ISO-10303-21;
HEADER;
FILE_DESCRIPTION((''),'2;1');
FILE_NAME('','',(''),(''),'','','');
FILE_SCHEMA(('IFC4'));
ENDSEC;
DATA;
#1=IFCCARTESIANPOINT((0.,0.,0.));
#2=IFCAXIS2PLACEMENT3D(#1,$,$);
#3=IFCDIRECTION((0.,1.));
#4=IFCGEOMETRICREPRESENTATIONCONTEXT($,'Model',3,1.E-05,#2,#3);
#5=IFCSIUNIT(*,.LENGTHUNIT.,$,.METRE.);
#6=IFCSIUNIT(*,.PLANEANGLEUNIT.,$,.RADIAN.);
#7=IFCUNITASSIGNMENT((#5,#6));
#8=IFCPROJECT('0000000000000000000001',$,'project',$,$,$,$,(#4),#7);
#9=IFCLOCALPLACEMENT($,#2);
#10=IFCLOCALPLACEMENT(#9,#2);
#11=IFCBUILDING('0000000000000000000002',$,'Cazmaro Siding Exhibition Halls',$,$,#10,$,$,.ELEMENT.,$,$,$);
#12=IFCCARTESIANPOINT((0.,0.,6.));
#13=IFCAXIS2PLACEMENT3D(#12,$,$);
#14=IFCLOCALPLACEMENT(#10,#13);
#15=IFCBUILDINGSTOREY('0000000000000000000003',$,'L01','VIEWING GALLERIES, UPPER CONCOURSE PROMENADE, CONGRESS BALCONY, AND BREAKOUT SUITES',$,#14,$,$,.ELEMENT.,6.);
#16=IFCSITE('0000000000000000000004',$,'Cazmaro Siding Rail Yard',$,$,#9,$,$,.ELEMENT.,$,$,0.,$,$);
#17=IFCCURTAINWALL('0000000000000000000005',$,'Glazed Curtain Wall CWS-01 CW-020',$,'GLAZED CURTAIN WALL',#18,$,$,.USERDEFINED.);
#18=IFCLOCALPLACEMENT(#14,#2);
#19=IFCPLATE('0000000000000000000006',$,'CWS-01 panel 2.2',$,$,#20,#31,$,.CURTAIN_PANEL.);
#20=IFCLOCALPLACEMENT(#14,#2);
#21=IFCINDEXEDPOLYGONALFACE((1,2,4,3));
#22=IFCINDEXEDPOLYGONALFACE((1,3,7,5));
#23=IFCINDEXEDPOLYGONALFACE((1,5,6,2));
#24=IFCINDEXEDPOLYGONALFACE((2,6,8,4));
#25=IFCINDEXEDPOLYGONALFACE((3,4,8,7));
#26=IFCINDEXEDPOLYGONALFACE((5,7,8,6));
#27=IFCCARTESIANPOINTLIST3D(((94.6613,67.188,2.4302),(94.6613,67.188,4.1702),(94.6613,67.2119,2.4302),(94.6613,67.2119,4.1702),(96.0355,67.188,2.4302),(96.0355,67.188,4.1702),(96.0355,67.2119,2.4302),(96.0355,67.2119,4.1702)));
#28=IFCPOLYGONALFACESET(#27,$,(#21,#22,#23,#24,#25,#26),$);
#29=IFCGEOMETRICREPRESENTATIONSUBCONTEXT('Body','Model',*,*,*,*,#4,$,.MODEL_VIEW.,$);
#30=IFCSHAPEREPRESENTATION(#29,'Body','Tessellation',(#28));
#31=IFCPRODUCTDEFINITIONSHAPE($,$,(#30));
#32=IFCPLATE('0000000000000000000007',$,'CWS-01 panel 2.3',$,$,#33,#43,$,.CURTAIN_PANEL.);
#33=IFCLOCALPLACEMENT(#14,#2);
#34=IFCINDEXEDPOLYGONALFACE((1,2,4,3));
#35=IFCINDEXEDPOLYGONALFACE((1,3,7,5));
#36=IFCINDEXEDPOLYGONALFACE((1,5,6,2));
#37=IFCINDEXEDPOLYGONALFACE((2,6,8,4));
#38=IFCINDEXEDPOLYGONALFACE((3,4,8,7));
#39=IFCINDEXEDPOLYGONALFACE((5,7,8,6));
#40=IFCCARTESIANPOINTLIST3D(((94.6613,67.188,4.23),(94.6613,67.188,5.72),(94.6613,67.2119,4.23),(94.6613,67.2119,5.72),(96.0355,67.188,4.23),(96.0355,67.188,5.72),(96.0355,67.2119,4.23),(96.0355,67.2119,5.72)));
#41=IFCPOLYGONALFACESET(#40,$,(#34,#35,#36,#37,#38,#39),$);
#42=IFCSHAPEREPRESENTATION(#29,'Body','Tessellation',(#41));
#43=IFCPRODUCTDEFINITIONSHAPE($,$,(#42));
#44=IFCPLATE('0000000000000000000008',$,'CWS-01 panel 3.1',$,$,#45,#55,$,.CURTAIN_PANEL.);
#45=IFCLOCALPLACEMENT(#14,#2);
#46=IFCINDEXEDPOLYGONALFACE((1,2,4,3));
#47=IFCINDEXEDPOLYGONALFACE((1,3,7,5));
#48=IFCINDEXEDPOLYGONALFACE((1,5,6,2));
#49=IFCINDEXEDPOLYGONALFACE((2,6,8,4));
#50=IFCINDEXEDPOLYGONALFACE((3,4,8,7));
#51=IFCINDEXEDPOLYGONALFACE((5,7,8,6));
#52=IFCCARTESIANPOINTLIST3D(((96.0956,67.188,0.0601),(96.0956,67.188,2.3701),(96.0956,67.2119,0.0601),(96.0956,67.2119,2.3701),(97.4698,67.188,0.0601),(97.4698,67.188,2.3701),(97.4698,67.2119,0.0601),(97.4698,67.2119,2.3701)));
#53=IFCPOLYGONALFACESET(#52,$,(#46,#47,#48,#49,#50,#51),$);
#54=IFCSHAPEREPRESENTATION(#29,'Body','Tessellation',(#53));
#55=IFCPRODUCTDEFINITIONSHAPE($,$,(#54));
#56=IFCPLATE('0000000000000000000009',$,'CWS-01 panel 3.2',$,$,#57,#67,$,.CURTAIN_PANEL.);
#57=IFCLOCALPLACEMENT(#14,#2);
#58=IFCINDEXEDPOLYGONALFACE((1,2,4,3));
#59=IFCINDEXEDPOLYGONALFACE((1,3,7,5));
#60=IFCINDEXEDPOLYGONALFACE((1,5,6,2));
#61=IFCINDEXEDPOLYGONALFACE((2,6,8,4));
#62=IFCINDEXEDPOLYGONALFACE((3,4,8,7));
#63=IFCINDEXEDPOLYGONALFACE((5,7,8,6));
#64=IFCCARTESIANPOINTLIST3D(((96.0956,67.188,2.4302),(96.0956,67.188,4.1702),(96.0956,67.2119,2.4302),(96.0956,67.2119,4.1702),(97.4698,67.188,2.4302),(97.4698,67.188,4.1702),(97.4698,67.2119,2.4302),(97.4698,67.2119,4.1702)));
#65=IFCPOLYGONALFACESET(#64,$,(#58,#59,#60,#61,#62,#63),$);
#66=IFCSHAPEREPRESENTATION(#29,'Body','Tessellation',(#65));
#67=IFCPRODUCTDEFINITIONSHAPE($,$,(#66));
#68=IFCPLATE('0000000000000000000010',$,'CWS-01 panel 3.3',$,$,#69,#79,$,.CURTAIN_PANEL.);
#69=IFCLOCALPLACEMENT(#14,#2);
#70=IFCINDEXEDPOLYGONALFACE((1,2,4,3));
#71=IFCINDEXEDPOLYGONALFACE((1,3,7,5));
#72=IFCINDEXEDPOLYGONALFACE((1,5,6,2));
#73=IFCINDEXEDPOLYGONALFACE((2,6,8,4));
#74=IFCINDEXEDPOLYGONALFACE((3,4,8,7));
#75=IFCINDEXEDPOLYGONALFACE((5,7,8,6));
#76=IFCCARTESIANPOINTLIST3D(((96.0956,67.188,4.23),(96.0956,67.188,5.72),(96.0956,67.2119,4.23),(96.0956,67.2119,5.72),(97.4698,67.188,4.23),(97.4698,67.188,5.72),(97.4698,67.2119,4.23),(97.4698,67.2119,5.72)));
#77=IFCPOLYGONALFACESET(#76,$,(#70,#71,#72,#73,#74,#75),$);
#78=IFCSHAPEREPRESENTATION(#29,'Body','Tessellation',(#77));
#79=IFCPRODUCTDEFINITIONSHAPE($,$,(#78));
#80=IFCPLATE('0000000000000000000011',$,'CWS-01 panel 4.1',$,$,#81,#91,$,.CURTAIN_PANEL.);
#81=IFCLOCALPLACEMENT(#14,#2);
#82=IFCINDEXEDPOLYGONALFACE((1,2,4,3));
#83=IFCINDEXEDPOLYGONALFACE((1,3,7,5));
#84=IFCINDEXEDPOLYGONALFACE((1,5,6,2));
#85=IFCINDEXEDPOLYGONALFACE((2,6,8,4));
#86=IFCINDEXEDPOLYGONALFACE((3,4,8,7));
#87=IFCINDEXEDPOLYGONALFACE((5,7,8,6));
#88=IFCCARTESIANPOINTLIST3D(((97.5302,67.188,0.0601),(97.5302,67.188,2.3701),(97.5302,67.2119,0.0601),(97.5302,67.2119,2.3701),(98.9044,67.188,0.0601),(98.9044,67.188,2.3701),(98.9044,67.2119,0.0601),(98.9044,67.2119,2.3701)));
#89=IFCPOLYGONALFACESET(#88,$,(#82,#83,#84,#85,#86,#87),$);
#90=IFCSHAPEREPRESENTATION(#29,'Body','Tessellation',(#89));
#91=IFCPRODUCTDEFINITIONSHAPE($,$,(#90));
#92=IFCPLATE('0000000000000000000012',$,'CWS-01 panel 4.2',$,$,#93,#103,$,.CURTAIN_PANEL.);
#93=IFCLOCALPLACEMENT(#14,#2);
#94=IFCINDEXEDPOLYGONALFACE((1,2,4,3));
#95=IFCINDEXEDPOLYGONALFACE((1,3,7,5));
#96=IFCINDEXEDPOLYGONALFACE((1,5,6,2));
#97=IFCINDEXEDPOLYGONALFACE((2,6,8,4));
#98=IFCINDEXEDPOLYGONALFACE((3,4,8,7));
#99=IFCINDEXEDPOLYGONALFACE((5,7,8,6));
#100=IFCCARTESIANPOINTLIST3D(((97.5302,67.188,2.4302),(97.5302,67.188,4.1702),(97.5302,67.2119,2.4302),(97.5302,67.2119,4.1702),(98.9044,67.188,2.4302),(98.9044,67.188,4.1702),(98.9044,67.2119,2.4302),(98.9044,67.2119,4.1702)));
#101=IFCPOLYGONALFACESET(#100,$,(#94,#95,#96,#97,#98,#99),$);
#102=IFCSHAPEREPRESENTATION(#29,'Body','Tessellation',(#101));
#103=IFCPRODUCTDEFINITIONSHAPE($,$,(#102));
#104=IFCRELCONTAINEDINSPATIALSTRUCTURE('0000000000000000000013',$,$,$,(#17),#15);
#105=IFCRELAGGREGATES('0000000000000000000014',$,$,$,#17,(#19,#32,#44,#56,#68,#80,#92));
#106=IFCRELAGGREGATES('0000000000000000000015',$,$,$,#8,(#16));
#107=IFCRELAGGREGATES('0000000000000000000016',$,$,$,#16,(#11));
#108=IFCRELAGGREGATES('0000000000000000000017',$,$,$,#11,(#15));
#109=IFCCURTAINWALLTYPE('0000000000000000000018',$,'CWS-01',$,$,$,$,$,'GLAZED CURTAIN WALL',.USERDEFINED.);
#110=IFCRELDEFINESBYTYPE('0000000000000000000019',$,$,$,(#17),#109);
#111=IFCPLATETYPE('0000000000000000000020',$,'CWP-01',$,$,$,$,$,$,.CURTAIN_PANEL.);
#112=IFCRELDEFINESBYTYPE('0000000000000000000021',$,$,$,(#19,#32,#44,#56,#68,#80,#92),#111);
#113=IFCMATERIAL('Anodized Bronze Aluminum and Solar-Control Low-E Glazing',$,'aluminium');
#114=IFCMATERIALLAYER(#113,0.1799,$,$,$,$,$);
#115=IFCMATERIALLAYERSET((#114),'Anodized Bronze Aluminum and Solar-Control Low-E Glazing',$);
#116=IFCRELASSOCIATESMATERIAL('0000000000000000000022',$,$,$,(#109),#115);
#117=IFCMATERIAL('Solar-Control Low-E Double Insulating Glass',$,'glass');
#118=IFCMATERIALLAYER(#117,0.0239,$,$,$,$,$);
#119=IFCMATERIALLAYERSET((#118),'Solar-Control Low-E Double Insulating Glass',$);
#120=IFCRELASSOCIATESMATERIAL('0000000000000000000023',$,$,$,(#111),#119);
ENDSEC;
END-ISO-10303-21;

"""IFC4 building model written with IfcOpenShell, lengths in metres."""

from ifc_helpers import new_model, si_unit, direction, frame, origin, origin_2d, place, context, subcontext, project, spatial, rectangle, extrude, material, layer, layer_set, type_object, element, aggregate, save


model = new_model("IFC4")

# Units and contexts
model_context = context("Model", 3, precision=1e-05, world=origin(), true_north=direction((0.0, 1.0)))
body_context = subcontext(model_context, "Body", "Model", "MODEL_VIEW")
ifc_project = project(units=[si_unit("LENGTHUNIT", "METRE"), si_unit("PLANEANGLEUNIT", "RADIAN")], contexts=[model_context])

# Site, building, storey
site_placement = place(None, origin())
site = spatial("IfcSite", under=ifc_project, at=site_placement, Name="Cazmaro Siding Rail Yard", CompositionType="ELEMENT", RefElevation=0.0)
building_placement = place(site_placement, origin())
building = spatial("IfcBuilding", under=site, at=building_placement, Name="Cazmaro Siding Exhibition Halls", CompositionType="ELEMENT")
storey_placement = place(building_placement, frame((0.0, 0.0, 6.0)))
storey = spatial("IfcBuildingStorey", under=building, at=storey_placement, Name="L01", Description="VIEWING GALLERIES, UPPER CONCOURSE PROMENADE, CONGRESS BALCONY, AND BREAKOUT SUITES", CompositionType="ELEMENT", Elevation=6.0)

# Curtain wall, plates
ifc_material_1 = material(Name="Anodized Bronze Aluminum and Solar-Control Low-E Glazing", Category="aluminium")
ifc_layer_1 = layer(ifc_material_1, 0.1799)
ifc_layer_set_1 = layer_set([ifc_layer_1], Name="Anodized Bronze Aluminum and Solar-Control Low-E Glazing")
curtain_wall_type = type_object("IfcCurtainWallType", Name="CWS-01", ElementType="GLAZED CURTAIN WALL", PredefinedType="USERDEFINED", material=ifc_layer_set_1)
curtain_wall_placement = place(storey_placement, origin())
curtain_wall = element("IfcCurtainWall", 1, at=curtain_wall_placement, inside=storey, type_object=curtain_wall_type, Name="Glazed Curtain Wall CWS-01 CW-020", ObjectType="GLAZED CURTAIN WALL", PredefinedType="USERDEFINED")
ifc_material_2 = material(Name="Solar-Control Low-E Double Insulating Glass", Category="glass")
ifc_layer_2 = layer(ifc_material_2, 0.0239)
ifc_layer_set_2 = layer_set([ifc_layer_2], Name="Solar-Control Low-E Double Insulating Glass")
plate_type = type_object("IfcPlateType", Name="CWP-01", PredefinedType="CURTAIN_PANEL", material=ifc_layer_set_2)
plate_1_placement = place(storey_placement, frame((95.3484, 67.2, 2.4302), z_axis=(0.0, 0.0, 1.0), x_axis=(1.0, 0.0, 0.0)))
plate_1 = element("IfcPlate", 2, at=plate_1_placement, type_object=plate_type, Name="CWS-01 panel 2.2", PredefinedType="CURTAIN_PANEL", context=body_context, shape_type="SweptSolid", body=[
    extrude(rectangle(XDim=1.3743, YDim=0.0239, at=origin_2d()), origin(), (0.0, 0.0, 1.0), 1.74),
])
plate_2_placement = place(storey_placement, frame((95.3484, 67.2, 4.23), z_axis=(0.0, 0.0, 1.0), x_axis=(1.0, 0.0, 0.0)))
plate_2 = element("IfcPlate", 3, at=plate_2_placement, type_object=plate_type, Name="CWS-01 panel 2.3", PredefinedType="CURTAIN_PANEL", context=body_context, shape_type="SweptSolid", body=[
    extrude(rectangle(XDim=1.3743, YDim=0.0239, at=origin_2d()), origin(), (0.0, 0.0, 1.0), 1.49),
])
plate_3_placement = place(storey_placement, frame((96.7827, 67.2, 0.0601), z_axis=(0.0, 0.0, 1.0), x_axis=(1.0, 0.0, 0.0)))
plate_3 = element("IfcPlate", 4, at=plate_3_placement, type_object=plate_type, Name="CWS-01 panel 3.1", PredefinedType="CURTAIN_PANEL", context=body_context, shape_type="SweptSolid", body=[
    extrude(rectangle(XDim=1.3743, YDim=0.0239, at=origin_2d()), origin(), (0.0, 0.0, 1.0), 2.3101),
])
plate_4_placement = place(storey_placement, frame((96.7827, 67.2, 2.4302), z_axis=(0.0, 0.0, 1.0), x_axis=(1.0, 0.0, 0.0)))
plate_4 = element("IfcPlate", 5, at=plate_4_placement, type_object=plate_type, Name="CWS-01 panel 3.2", PredefinedType="CURTAIN_PANEL", context=body_context, shape_type="SweptSolid", body=[
    extrude(rectangle(XDim=1.3743, YDim=0.0239, at=origin_2d()), origin(), (0.0, 0.0, 1.0), 1.74),
])
plate_5_placement = place(storey_placement, frame((96.7827, 67.2, 4.23), z_axis=(0.0, 0.0, 1.0), x_axis=(1.0, 0.0, 0.0)))
plate_5 = element("IfcPlate", 6, at=plate_5_placement, type_object=plate_type, Name="CWS-01 panel 3.3", PredefinedType="CURTAIN_PANEL", context=body_context, shape_type="SweptSolid", body=[
    extrude(rectangle(XDim=1.3743, YDim=0.0239, at=origin_2d()), origin(), (0.0, 0.0, 1.0), 1.49),
])
plate_6_placement = place(storey_placement, frame((98.2173, 67.2, 0.0601), z_axis=(0.0, 0.0, 1.0), x_axis=(1.0, 0.0, 0.0)))
plate_6 = element("IfcPlate", 7, at=plate_6_placement, type_object=plate_type, Name="CWS-01 panel 4.1", PredefinedType="CURTAIN_PANEL", context=body_context, shape_type="SweptSolid", body=[
    extrude(rectangle(XDim=1.3743, YDim=0.0239, at=origin_2d()), origin(), (0.0, 0.0, 1.0), 2.3101),
])
plate_7_placement = place(storey_placement, frame((98.2173, 67.2, 2.4302), z_axis=(0.0, 0.0, 1.0), x_axis=(1.0, 0.0, 0.0)))
plate_7 = element("IfcPlate", 8, at=plate_7_placement, type_object=plate_type, Name="CWS-01 panel 4.2", PredefinedType="CURTAIN_PANEL", context=body_context, shape_type="SweptSolid", body=[
    extrude(rectangle(XDim=1.3743, YDim=0.0239, at=origin_2d()), origin(), (0.0, 0.0, 1.0), 1.74),
])
aggregate(curtain_wall, [plate_1, plate_2, plate_3, plate_4, plate_5, plate_6, plate_7])

save(model, "model.ifc")
